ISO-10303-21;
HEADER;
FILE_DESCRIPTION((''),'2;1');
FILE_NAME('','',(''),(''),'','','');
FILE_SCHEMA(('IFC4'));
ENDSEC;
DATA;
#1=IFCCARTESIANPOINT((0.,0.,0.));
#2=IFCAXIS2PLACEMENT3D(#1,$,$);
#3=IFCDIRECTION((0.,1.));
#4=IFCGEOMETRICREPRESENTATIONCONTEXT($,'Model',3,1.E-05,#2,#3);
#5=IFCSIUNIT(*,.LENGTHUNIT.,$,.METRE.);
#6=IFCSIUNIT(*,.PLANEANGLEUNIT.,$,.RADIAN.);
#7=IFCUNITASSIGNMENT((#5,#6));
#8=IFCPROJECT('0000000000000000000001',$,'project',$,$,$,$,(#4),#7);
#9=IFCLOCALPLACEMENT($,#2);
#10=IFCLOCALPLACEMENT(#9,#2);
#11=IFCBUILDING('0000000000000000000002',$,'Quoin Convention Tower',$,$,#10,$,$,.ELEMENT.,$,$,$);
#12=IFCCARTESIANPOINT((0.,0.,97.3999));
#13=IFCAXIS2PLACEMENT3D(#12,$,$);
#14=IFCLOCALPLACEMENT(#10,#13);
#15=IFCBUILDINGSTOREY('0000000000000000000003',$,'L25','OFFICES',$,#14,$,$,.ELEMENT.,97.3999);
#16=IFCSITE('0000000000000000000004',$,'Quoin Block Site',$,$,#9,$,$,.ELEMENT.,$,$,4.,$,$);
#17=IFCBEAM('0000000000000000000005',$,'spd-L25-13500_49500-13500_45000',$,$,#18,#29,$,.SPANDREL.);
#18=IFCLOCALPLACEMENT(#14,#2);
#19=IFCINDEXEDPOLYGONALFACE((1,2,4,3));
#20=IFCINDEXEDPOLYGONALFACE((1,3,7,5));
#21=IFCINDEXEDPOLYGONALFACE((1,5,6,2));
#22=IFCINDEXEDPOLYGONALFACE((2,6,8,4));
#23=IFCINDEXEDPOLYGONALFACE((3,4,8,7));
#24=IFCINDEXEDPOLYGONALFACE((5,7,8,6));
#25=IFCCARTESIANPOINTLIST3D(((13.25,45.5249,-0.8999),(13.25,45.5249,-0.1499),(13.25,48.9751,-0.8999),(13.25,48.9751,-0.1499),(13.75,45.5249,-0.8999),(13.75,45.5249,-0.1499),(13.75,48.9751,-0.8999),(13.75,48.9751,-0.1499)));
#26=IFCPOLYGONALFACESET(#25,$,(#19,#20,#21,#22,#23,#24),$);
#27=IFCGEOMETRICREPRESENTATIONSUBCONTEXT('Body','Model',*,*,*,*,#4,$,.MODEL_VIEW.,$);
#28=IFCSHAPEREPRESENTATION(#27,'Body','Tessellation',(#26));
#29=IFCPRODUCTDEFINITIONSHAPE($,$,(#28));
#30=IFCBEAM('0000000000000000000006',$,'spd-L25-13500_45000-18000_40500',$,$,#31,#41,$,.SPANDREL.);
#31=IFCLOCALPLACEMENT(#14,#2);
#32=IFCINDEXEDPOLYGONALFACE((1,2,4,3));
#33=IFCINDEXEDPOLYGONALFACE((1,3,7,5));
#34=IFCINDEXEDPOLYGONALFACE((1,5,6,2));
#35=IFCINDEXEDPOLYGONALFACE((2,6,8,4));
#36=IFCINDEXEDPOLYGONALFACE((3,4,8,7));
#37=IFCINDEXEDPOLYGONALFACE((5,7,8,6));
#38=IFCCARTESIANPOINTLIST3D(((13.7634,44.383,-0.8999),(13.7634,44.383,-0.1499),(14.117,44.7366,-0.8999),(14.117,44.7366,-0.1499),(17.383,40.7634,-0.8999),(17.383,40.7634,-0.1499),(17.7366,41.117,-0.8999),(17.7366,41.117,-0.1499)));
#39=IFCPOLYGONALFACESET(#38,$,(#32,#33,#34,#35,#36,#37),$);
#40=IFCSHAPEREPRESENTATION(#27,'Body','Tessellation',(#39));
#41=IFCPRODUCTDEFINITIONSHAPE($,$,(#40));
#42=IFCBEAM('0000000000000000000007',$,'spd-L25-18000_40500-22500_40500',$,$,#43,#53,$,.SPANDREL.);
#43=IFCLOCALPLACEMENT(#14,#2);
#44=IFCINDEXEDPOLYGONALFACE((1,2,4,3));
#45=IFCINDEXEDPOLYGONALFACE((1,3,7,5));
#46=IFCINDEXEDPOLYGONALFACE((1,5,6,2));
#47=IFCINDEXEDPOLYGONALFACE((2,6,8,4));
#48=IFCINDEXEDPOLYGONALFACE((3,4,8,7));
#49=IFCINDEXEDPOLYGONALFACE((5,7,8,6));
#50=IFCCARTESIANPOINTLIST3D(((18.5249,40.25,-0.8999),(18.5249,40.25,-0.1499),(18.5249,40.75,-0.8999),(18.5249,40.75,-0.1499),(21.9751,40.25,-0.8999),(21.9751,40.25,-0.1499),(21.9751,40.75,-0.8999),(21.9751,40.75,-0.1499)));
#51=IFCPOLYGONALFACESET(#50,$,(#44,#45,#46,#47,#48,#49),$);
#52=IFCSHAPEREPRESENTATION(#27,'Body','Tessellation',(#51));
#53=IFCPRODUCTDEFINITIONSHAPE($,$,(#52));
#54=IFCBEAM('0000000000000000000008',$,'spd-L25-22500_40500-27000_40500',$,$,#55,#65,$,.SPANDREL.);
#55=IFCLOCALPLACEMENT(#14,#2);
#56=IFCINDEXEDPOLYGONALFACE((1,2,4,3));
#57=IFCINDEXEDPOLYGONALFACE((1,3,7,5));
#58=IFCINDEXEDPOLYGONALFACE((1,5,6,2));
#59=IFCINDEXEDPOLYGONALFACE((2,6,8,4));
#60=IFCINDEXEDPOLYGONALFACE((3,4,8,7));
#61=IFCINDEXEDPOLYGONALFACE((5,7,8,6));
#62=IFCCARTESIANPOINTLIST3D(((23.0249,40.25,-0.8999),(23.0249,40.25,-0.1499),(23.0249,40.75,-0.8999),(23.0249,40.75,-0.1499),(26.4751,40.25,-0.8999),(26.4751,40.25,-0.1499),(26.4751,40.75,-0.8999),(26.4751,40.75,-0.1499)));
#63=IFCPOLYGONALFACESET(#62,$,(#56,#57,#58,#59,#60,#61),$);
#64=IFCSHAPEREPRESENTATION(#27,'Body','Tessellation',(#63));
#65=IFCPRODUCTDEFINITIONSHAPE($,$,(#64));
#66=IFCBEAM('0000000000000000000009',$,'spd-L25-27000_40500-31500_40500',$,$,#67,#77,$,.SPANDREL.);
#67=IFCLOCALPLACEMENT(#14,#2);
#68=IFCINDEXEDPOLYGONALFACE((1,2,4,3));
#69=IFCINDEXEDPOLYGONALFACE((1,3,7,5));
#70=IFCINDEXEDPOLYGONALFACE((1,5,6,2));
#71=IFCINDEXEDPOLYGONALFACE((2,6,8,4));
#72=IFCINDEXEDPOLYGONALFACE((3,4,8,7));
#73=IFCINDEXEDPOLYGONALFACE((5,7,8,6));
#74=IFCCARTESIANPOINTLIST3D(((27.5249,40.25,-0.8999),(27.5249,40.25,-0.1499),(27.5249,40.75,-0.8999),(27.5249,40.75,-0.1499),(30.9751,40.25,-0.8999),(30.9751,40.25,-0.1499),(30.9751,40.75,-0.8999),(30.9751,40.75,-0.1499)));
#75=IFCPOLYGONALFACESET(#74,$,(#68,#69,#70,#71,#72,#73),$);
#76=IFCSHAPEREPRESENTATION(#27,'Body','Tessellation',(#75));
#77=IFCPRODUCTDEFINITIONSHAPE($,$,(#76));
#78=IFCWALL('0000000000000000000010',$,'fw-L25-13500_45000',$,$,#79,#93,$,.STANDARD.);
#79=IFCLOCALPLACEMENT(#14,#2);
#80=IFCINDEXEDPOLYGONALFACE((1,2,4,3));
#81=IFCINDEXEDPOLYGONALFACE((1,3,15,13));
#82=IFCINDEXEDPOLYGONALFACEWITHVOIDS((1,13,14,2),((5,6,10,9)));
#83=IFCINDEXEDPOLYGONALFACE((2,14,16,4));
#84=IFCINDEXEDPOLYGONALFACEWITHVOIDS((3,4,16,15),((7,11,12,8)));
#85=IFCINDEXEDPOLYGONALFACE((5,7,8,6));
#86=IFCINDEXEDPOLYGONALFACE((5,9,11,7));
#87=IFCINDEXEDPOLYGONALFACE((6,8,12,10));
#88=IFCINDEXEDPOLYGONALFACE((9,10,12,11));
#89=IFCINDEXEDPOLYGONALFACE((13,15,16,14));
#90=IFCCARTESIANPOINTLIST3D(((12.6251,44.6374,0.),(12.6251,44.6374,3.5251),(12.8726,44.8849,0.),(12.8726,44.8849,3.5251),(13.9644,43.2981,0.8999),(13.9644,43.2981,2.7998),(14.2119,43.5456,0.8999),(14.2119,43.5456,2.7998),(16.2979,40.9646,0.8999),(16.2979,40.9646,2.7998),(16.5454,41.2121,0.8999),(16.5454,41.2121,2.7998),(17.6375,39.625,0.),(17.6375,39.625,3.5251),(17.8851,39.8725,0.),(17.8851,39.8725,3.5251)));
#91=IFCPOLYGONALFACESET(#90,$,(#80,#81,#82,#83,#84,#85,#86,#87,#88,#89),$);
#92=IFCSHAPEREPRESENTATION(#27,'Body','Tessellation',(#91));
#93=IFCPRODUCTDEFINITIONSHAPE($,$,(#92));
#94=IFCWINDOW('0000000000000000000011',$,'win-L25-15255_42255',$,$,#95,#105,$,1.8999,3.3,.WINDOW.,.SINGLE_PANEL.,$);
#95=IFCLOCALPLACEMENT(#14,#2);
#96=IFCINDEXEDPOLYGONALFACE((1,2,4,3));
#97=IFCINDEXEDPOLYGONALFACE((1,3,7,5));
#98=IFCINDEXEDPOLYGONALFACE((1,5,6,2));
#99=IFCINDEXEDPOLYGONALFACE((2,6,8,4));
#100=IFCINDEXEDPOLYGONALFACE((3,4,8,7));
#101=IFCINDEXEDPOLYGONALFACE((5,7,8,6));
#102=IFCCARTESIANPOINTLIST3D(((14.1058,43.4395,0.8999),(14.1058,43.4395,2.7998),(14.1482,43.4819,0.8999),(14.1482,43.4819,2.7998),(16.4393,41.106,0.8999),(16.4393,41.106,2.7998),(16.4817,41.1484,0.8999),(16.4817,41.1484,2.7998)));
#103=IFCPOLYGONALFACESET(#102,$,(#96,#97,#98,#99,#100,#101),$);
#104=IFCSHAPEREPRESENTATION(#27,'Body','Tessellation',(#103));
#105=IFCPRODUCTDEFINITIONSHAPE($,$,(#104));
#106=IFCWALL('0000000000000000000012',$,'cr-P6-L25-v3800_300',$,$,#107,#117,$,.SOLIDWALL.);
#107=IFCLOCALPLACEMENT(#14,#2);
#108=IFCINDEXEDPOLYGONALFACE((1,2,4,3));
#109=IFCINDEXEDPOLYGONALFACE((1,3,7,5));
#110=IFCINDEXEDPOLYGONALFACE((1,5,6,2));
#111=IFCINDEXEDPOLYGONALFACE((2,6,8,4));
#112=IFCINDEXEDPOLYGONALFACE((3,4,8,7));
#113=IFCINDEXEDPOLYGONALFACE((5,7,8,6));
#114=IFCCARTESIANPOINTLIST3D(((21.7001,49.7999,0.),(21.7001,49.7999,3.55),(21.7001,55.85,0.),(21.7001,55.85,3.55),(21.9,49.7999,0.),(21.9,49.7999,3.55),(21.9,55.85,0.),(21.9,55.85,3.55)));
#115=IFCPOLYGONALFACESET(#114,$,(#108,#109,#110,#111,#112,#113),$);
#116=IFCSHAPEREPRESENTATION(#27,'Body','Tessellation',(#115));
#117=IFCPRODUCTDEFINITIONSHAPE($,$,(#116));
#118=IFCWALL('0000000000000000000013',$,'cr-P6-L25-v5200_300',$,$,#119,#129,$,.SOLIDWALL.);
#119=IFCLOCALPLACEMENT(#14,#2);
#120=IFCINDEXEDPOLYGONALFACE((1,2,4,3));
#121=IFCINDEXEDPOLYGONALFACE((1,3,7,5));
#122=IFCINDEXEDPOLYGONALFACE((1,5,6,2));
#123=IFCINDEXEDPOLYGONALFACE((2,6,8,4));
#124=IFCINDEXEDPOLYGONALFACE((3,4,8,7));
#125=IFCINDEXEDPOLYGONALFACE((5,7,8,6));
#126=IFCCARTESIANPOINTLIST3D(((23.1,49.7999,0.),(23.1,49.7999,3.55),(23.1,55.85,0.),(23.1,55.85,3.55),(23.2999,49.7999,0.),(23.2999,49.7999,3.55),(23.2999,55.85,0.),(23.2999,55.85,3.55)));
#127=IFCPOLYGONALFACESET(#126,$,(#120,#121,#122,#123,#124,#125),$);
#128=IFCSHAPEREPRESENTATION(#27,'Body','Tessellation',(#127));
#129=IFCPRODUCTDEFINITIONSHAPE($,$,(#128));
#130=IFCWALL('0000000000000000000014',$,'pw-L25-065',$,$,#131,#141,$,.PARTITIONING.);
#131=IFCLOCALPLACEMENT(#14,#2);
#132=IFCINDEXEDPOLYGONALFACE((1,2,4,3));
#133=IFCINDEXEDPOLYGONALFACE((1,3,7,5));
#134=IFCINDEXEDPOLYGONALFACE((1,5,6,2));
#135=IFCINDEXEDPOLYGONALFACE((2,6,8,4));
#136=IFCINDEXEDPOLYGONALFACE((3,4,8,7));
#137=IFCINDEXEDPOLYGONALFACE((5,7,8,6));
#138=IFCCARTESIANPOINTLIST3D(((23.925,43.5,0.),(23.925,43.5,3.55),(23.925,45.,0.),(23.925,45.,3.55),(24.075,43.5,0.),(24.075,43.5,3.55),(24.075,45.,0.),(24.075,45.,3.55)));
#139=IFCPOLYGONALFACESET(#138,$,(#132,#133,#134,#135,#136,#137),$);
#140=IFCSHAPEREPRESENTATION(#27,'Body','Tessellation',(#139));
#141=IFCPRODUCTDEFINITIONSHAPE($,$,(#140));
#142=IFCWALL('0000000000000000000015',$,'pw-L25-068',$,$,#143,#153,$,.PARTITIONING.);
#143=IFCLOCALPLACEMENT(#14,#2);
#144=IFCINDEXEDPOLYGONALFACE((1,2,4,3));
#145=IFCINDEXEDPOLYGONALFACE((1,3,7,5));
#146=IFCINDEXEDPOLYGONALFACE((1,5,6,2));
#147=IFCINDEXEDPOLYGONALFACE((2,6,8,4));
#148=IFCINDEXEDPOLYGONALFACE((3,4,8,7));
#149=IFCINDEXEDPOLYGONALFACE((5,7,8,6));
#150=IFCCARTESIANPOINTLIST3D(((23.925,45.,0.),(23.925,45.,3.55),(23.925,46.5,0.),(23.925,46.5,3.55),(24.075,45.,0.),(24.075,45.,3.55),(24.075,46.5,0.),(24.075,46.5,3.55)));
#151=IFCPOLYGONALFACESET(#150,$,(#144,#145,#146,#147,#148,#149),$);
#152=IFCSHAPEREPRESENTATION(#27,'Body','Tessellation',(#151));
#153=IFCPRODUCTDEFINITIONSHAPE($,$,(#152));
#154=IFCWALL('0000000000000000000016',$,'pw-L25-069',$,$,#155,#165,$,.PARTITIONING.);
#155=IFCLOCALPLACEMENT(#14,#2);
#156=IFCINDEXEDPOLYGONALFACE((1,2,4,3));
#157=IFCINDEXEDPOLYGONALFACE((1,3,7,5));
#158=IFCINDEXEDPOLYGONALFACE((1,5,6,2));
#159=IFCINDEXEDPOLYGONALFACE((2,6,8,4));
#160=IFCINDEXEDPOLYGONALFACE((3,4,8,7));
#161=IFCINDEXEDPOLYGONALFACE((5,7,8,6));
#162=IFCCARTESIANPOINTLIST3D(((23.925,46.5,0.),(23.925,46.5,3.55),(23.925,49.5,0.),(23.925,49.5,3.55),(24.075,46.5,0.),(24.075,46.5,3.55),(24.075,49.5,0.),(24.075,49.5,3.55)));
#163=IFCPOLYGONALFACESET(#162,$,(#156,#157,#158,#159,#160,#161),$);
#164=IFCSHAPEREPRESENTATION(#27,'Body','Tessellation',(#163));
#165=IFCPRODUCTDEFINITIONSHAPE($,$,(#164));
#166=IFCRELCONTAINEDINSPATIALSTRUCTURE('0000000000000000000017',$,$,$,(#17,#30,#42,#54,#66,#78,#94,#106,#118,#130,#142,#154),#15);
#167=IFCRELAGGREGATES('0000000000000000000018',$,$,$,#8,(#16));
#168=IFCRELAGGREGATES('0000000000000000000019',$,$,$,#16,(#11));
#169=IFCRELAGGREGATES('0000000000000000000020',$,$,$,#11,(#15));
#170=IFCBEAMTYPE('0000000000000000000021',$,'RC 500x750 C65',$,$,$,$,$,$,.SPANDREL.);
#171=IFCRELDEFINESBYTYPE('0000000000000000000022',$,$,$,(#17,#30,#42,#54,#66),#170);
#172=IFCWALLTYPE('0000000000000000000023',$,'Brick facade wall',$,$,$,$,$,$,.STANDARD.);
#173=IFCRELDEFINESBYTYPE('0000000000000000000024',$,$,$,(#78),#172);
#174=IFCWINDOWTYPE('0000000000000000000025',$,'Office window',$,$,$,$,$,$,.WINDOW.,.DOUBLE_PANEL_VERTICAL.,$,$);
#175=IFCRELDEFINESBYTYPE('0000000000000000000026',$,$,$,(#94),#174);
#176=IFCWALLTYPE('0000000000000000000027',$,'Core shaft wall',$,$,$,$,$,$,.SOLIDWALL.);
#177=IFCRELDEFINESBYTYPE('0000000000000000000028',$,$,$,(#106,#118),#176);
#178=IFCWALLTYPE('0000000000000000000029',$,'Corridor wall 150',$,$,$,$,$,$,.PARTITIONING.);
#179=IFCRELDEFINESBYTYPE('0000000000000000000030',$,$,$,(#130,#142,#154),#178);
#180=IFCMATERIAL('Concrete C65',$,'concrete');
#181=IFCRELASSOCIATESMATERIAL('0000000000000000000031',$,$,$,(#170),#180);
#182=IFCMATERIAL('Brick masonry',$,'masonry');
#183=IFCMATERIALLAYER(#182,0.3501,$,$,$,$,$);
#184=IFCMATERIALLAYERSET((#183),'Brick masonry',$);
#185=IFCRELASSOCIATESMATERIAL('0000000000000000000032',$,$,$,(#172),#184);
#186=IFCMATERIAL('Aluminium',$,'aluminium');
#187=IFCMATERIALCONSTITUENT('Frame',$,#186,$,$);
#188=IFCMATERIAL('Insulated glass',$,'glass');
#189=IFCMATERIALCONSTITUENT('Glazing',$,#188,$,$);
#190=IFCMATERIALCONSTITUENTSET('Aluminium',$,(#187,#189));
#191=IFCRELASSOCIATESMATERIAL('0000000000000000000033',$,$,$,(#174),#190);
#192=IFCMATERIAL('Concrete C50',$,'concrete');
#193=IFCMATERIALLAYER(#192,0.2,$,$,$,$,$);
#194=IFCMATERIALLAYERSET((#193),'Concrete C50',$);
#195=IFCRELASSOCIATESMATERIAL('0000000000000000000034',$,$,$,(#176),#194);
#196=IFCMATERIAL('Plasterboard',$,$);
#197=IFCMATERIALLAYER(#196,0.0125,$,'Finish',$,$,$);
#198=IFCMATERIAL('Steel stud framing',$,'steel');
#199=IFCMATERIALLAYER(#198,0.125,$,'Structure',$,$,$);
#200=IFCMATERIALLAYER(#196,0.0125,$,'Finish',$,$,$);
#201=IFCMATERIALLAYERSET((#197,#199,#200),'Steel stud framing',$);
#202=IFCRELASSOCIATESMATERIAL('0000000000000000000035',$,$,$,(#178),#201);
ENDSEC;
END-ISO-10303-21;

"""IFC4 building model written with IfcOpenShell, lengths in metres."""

from ifc_helpers import new_model, si_unit, direction, frame, frame_2d, origin, origin_2d, place, context, subcontext, project, spatial, rectangle, extrude, material, layer, layer_set, constituent, constituent_set, material_profile, profile_set, type_object, element, fill, save


model = new_model("IFC4")

# Units and contexts
model_context = context("Model", 3, precision=1e-05, world=origin(), true_north=direction((0.0, 1.0)))
body_context = subcontext(model_context, "Body", "Model", "MODEL_VIEW")
ifc_project = project(units=[si_unit("LENGTHUNIT", "METRE"), si_unit("PLANEANGLEUNIT", "RADIAN")], contexts=[model_context])

# Site, building, storey
site_placement = place(None, origin())
site = spatial("IfcSite", under=ifc_project, at=site_placement, Name="Quoin Block Site", CompositionType="ELEMENT", RefElevation=4.0)
building_placement = place(site_placement, origin())
building = spatial("IfcBuilding", under=site, at=building_placement, Name="Quoin Convention Tower", CompositionType="ELEMENT")
storey_placement = place(building_placement, frame((0.0, 0.0, 97.3999)))
storey = spatial("IfcBuildingStorey", under=building, at=storey_placement, Name="L25", Description="OFFICES", CompositionType="ELEMENT", Elevation=97.3999)

# Shared definitions
ifc_material_1 = material(Name="Concrete C65", Category="concrete")

# Beams
ifc_material_profile_1 = material_profile(ifc_material_1, rectangle(XDim=0.5, YDim=0.75, at=origin_2d()), Name="RC 500x750")
ifc_profile_set_1 = profile_set([ifc_material_profile_1], Name="Concrete C65")
beam_type_1 = type_object("IfcBeamType", Name="RC 500x750 C65", PredefinedType="SPANDREL", material=ifc_profile_set_1)
beam_1_placement = place(storey_placement, frame((13.5, 48.9751, -0.5249), z_axis=(0.0, -1.0, 0.0), x_axis=(1.0, 0.0, 0.0)))
element("IfcBeam", 1, at=beam_1_placement, inside=storey, type_object=beam_type_1, Name="spd-L25-13500_49500-13500_45000", PredefinedType="SPANDREL", context=body_context, shape_type="SweptSolid", body=[
    extrude(rectangle(XDim=0.5, YDim=0.75, at=origin_2d()), origin(), (0.0, 0.0, 1.0), 3.4502),
])
beam_2_placement = place(storey_placement, frame((13.9402, 44.5598, -0.5249), z_axis=(0.707107, -0.707107, 0.0), x_axis=(0.707107, 0.707107, 0.0)))
element("IfcBeam", 2, at=beam_2_placement, inside=storey, type_object=beam_type_1, Name="spd-L25-13500_45000-18000_40500", PredefinedType="SPANDREL", context=body_context, shape_type="SweptSolid", body=[
    extrude(rectangle(XDim=0.5, YDim=0.75, at=origin_2d()), origin(), (0.0, 0.0, 1.0), 5.1189),
])
for number, where, z_axis, x_axis, name in (
    (3, (18.5249, 40.5, -0.5249), (1.0, 0.0, 0.0), (0.0, 1.0, 0.0), "spd-L25-18000_40500-22500_40500"),
    (4, (23.0249, 40.5, -0.5249), (1.0, 0.0, 0.0), (0.0, 1.0, 0.0), "spd-L25-22500_40500-27000_40500"),
    (5, (27.5249, 40.5, -0.5249), (1.0, 0.0, 0.0), (0.0, 1.0, 0.0), "spd-L25-27000_40500-31500_40500"),
):
    element("IfcBeam", number, at=place(storey_placement, frame(where, z_axis=z_axis, x_axis=x_axis)), inside=storey, type_object=beam_type_1, Name=name, PredefinedType="SPANDREL", context=body_context, shape_type="SweptSolid", body=[
        extrude(rectangle(XDim=0.5, YDim=0.75, at=origin_2d()), origin(), (0.0, 0.0, 1.0), 3.4502),
    ])

# Wall, opening, window
ifc_material_2 = material(Name="Brick masonry", Category="masonry")
ifc_layer_1 = layer(ifc_material_2, 0.3501)
ifc_layer_set_1 = layer_set([ifc_layer_1], Name="Brick masonry")
wall_type_1 = type_object("IfcWallType", Name="Brick facade wall", PredefinedType="STANDARD", material=ifc_layer_set_1)
wall_1_placement = place(storey_placement, frame((12.7488, 44.7612, 0.0), z_axis=(0.0, 0.0, 1.0), x_axis=(0.707107, -0.707107, 0.0)))
wall_1 = element("IfcWall", 6, at=wall_1_placement, inside=storey, type_object=wall_type_1, Name="fw-L25-13500_45000", PredefinedType="STANDARD", context=body_context, shape_type="SweptSolid", body=[
    extrude(rectangle(XDim=7.0886, YDim=0.3501, at=frame_2d((3.5444, 0.0))), origin(), (0.0, 0.0, 1.0), 3.5251),
])
opening_1_placement = place(wall_1_placement, frame((1.8943, 0.0, 0.8999)))
opening_1 = element("IfcOpeningElement", 7, at=opening_1_placement, cuts=wall_1, PredefinedType="OPENING", context=body_context, shape_type="SweptSolid", body=[
    extrude(rectangle(XDim=3.3, YDim=1.8999, at=frame_2d((1.6499, 0.95))), frame((0.0, 0.1851, 0.0), z_axis=(0.0, -1.0, 0.0), x_axis=(1.0, 0.0, 0.0)), (0.0, 0.0, 1.0), 0.3701),
])
ifc_material_3 = material(Name="Aluminium", Category="aluminium")
ifc_constituent_1 = constituent(ifc_material_3, Name="Frame")
ifc_material_4 = material(Name="Insulated glass", Category="glass")
ifc_constituent_2 = constituent(ifc_material_4, Name="Glazing")
ifc_constituent_set = constituent_set(constituents=[ifc_constituent_1, ifc_constituent_2], Name="Aluminium")
window_type = type_object("IfcWindowType", Name="Office window", PartitioningType="DOUBLE_PANEL_VERTICAL", PredefinedType="WINDOW", material=ifc_constituent_set)
window_placement = place(opening_1_placement, origin())
window = element("IfcWindow", 8, at=window_placement, inside=storey, type_object=window_type, Name="win-L25-15255_42255", OverallHeight=1.8999, OverallWidth=3.3, PartitioningType="SINGLE_PANEL", PredefinedType="WINDOW", context=body_context, shape_type="SweptSolid", body=[
    extrude(rectangle(XDim=3.3, YDim=1.8999, at=frame_2d((1.6499, 0.95))), frame((0.0, 0.085, 0.0), z_axis=(0.0, -1.0, 0.0), x_axis=(1.0, 0.0, 0.0)), (0.0, 0.0, 1.0), 0.0601),
])
fill(opening_1, window)

# Walls
ifc_material_5 = material(Name="Concrete C50", Category="concrete")
ifc_layer_2 = layer(ifc_material_5, 0.2)
ifc_layer_set_2 = layer_set([ifc_layer_2], Name="Concrete C50")
wall_type_2 = type_object("IfcWallType", Name="Core shaft wall", PredefinedType="SOLIDWALL", material=ifc_layer_set_2)
for number, where, z_axis, x_axis, name in (
    (9, (21.8, 49.8, 0.0), (0.0, 0.0, 1.0), (0.0, 1.0, 0.0), "cr-P6-L25-v3800_300"),
    (10, (23.2, 49.8, 0.0), (0.0, 0.0, 1.0), (0.0, 1.0, 0.0), "cr-P6-L25-v5200_300"),
):
    element("IfcWall", number, at=place(storey_placement, frame(where, z_axis=z_axis, x_axis=x_axis)), inside=storey, type_object=wall_type_2, Name=name, PredefinedType="SOLIDWALL", context=body_context, shape_type="SweptSolid", body=[
        extrude(rectangle(XDim=6.05, YDim=0.2, at=frame_2d((3.0249, 0.0))), origin(), (0.0, 0.0, 1.0), 3.55),
    ])
ifc_material_6 = material(Name="Plasterboard")
ifc_layer_3 = layer(ifc_material_6, 0.0125, Name="Finish")
ifc_material_7 = material(Name="Steel stud framing", Category="steel")
ifc_layer_4 = layer(ifc_material_7, 0.125, Name="Structure")
ifc_layer_5 = layer(ifc_material_6, 0.0125, Name="Finish")
ifc_layer_set_3 = layer_set([ifc_layer_3, ifc_layer_4, ifc_layer_5], Name="Steel stud framing")
wall_type_3 = type_object("IfcWallType", Name="Corridor wall 150", PredefinedType="PARTITIONING", material=ifc_layer_set_3)
for number, where, z_axis, x_axis, name in (
    (11, (24.0, 43.5, 0.0), (0.0, 0.0, 1.0), (0.0, 1.0, 0.0), "pw-L25-065"),
    (12, (24.0, 45.0, 0.0), (0.0, 0.0, 1.0), (0.0, 1.0, 0.0), "pw-L25-068"),
):
    element("IfcWall", number, at=place(storey_placement, frame(where, z_axis=z_axis, x_axis=x_axis)), inside=storey, type_object=wall_type_3, Name=name, PredefinedType="PARTITIONING", context=body_context, shape_type="SweptSolid", body=[
        extrude(rectangle(XDim=1.5, YDim=0.1499, at=frame_2d((0.75, 0.0))), origin(), (0.0, 0.0, 1.0), 3.55),
    ])
wall_2_placement = place(storey_placement, frame((24.0, 46.5, 0.0), z_axis=(0.0, 0.0, 1.0), x_axis=(0.0, 1.0, 0.0)))
element("IfcWall", 13, at=wall_2_placement, inside=storey, type_object=wall_type_3, Name="pw-L25-069", PredefinedType="PARTITIONING", context=body_context, shape_type="SweptSolid", body=[
    extrude(rectangle(XDim=3.0, YDim=0.1499, at=frame_2d((1.5, 0.0))), origin(), (0.0, 0.0, 1.0), 3.55),
])

save(model, "model.ifc")
